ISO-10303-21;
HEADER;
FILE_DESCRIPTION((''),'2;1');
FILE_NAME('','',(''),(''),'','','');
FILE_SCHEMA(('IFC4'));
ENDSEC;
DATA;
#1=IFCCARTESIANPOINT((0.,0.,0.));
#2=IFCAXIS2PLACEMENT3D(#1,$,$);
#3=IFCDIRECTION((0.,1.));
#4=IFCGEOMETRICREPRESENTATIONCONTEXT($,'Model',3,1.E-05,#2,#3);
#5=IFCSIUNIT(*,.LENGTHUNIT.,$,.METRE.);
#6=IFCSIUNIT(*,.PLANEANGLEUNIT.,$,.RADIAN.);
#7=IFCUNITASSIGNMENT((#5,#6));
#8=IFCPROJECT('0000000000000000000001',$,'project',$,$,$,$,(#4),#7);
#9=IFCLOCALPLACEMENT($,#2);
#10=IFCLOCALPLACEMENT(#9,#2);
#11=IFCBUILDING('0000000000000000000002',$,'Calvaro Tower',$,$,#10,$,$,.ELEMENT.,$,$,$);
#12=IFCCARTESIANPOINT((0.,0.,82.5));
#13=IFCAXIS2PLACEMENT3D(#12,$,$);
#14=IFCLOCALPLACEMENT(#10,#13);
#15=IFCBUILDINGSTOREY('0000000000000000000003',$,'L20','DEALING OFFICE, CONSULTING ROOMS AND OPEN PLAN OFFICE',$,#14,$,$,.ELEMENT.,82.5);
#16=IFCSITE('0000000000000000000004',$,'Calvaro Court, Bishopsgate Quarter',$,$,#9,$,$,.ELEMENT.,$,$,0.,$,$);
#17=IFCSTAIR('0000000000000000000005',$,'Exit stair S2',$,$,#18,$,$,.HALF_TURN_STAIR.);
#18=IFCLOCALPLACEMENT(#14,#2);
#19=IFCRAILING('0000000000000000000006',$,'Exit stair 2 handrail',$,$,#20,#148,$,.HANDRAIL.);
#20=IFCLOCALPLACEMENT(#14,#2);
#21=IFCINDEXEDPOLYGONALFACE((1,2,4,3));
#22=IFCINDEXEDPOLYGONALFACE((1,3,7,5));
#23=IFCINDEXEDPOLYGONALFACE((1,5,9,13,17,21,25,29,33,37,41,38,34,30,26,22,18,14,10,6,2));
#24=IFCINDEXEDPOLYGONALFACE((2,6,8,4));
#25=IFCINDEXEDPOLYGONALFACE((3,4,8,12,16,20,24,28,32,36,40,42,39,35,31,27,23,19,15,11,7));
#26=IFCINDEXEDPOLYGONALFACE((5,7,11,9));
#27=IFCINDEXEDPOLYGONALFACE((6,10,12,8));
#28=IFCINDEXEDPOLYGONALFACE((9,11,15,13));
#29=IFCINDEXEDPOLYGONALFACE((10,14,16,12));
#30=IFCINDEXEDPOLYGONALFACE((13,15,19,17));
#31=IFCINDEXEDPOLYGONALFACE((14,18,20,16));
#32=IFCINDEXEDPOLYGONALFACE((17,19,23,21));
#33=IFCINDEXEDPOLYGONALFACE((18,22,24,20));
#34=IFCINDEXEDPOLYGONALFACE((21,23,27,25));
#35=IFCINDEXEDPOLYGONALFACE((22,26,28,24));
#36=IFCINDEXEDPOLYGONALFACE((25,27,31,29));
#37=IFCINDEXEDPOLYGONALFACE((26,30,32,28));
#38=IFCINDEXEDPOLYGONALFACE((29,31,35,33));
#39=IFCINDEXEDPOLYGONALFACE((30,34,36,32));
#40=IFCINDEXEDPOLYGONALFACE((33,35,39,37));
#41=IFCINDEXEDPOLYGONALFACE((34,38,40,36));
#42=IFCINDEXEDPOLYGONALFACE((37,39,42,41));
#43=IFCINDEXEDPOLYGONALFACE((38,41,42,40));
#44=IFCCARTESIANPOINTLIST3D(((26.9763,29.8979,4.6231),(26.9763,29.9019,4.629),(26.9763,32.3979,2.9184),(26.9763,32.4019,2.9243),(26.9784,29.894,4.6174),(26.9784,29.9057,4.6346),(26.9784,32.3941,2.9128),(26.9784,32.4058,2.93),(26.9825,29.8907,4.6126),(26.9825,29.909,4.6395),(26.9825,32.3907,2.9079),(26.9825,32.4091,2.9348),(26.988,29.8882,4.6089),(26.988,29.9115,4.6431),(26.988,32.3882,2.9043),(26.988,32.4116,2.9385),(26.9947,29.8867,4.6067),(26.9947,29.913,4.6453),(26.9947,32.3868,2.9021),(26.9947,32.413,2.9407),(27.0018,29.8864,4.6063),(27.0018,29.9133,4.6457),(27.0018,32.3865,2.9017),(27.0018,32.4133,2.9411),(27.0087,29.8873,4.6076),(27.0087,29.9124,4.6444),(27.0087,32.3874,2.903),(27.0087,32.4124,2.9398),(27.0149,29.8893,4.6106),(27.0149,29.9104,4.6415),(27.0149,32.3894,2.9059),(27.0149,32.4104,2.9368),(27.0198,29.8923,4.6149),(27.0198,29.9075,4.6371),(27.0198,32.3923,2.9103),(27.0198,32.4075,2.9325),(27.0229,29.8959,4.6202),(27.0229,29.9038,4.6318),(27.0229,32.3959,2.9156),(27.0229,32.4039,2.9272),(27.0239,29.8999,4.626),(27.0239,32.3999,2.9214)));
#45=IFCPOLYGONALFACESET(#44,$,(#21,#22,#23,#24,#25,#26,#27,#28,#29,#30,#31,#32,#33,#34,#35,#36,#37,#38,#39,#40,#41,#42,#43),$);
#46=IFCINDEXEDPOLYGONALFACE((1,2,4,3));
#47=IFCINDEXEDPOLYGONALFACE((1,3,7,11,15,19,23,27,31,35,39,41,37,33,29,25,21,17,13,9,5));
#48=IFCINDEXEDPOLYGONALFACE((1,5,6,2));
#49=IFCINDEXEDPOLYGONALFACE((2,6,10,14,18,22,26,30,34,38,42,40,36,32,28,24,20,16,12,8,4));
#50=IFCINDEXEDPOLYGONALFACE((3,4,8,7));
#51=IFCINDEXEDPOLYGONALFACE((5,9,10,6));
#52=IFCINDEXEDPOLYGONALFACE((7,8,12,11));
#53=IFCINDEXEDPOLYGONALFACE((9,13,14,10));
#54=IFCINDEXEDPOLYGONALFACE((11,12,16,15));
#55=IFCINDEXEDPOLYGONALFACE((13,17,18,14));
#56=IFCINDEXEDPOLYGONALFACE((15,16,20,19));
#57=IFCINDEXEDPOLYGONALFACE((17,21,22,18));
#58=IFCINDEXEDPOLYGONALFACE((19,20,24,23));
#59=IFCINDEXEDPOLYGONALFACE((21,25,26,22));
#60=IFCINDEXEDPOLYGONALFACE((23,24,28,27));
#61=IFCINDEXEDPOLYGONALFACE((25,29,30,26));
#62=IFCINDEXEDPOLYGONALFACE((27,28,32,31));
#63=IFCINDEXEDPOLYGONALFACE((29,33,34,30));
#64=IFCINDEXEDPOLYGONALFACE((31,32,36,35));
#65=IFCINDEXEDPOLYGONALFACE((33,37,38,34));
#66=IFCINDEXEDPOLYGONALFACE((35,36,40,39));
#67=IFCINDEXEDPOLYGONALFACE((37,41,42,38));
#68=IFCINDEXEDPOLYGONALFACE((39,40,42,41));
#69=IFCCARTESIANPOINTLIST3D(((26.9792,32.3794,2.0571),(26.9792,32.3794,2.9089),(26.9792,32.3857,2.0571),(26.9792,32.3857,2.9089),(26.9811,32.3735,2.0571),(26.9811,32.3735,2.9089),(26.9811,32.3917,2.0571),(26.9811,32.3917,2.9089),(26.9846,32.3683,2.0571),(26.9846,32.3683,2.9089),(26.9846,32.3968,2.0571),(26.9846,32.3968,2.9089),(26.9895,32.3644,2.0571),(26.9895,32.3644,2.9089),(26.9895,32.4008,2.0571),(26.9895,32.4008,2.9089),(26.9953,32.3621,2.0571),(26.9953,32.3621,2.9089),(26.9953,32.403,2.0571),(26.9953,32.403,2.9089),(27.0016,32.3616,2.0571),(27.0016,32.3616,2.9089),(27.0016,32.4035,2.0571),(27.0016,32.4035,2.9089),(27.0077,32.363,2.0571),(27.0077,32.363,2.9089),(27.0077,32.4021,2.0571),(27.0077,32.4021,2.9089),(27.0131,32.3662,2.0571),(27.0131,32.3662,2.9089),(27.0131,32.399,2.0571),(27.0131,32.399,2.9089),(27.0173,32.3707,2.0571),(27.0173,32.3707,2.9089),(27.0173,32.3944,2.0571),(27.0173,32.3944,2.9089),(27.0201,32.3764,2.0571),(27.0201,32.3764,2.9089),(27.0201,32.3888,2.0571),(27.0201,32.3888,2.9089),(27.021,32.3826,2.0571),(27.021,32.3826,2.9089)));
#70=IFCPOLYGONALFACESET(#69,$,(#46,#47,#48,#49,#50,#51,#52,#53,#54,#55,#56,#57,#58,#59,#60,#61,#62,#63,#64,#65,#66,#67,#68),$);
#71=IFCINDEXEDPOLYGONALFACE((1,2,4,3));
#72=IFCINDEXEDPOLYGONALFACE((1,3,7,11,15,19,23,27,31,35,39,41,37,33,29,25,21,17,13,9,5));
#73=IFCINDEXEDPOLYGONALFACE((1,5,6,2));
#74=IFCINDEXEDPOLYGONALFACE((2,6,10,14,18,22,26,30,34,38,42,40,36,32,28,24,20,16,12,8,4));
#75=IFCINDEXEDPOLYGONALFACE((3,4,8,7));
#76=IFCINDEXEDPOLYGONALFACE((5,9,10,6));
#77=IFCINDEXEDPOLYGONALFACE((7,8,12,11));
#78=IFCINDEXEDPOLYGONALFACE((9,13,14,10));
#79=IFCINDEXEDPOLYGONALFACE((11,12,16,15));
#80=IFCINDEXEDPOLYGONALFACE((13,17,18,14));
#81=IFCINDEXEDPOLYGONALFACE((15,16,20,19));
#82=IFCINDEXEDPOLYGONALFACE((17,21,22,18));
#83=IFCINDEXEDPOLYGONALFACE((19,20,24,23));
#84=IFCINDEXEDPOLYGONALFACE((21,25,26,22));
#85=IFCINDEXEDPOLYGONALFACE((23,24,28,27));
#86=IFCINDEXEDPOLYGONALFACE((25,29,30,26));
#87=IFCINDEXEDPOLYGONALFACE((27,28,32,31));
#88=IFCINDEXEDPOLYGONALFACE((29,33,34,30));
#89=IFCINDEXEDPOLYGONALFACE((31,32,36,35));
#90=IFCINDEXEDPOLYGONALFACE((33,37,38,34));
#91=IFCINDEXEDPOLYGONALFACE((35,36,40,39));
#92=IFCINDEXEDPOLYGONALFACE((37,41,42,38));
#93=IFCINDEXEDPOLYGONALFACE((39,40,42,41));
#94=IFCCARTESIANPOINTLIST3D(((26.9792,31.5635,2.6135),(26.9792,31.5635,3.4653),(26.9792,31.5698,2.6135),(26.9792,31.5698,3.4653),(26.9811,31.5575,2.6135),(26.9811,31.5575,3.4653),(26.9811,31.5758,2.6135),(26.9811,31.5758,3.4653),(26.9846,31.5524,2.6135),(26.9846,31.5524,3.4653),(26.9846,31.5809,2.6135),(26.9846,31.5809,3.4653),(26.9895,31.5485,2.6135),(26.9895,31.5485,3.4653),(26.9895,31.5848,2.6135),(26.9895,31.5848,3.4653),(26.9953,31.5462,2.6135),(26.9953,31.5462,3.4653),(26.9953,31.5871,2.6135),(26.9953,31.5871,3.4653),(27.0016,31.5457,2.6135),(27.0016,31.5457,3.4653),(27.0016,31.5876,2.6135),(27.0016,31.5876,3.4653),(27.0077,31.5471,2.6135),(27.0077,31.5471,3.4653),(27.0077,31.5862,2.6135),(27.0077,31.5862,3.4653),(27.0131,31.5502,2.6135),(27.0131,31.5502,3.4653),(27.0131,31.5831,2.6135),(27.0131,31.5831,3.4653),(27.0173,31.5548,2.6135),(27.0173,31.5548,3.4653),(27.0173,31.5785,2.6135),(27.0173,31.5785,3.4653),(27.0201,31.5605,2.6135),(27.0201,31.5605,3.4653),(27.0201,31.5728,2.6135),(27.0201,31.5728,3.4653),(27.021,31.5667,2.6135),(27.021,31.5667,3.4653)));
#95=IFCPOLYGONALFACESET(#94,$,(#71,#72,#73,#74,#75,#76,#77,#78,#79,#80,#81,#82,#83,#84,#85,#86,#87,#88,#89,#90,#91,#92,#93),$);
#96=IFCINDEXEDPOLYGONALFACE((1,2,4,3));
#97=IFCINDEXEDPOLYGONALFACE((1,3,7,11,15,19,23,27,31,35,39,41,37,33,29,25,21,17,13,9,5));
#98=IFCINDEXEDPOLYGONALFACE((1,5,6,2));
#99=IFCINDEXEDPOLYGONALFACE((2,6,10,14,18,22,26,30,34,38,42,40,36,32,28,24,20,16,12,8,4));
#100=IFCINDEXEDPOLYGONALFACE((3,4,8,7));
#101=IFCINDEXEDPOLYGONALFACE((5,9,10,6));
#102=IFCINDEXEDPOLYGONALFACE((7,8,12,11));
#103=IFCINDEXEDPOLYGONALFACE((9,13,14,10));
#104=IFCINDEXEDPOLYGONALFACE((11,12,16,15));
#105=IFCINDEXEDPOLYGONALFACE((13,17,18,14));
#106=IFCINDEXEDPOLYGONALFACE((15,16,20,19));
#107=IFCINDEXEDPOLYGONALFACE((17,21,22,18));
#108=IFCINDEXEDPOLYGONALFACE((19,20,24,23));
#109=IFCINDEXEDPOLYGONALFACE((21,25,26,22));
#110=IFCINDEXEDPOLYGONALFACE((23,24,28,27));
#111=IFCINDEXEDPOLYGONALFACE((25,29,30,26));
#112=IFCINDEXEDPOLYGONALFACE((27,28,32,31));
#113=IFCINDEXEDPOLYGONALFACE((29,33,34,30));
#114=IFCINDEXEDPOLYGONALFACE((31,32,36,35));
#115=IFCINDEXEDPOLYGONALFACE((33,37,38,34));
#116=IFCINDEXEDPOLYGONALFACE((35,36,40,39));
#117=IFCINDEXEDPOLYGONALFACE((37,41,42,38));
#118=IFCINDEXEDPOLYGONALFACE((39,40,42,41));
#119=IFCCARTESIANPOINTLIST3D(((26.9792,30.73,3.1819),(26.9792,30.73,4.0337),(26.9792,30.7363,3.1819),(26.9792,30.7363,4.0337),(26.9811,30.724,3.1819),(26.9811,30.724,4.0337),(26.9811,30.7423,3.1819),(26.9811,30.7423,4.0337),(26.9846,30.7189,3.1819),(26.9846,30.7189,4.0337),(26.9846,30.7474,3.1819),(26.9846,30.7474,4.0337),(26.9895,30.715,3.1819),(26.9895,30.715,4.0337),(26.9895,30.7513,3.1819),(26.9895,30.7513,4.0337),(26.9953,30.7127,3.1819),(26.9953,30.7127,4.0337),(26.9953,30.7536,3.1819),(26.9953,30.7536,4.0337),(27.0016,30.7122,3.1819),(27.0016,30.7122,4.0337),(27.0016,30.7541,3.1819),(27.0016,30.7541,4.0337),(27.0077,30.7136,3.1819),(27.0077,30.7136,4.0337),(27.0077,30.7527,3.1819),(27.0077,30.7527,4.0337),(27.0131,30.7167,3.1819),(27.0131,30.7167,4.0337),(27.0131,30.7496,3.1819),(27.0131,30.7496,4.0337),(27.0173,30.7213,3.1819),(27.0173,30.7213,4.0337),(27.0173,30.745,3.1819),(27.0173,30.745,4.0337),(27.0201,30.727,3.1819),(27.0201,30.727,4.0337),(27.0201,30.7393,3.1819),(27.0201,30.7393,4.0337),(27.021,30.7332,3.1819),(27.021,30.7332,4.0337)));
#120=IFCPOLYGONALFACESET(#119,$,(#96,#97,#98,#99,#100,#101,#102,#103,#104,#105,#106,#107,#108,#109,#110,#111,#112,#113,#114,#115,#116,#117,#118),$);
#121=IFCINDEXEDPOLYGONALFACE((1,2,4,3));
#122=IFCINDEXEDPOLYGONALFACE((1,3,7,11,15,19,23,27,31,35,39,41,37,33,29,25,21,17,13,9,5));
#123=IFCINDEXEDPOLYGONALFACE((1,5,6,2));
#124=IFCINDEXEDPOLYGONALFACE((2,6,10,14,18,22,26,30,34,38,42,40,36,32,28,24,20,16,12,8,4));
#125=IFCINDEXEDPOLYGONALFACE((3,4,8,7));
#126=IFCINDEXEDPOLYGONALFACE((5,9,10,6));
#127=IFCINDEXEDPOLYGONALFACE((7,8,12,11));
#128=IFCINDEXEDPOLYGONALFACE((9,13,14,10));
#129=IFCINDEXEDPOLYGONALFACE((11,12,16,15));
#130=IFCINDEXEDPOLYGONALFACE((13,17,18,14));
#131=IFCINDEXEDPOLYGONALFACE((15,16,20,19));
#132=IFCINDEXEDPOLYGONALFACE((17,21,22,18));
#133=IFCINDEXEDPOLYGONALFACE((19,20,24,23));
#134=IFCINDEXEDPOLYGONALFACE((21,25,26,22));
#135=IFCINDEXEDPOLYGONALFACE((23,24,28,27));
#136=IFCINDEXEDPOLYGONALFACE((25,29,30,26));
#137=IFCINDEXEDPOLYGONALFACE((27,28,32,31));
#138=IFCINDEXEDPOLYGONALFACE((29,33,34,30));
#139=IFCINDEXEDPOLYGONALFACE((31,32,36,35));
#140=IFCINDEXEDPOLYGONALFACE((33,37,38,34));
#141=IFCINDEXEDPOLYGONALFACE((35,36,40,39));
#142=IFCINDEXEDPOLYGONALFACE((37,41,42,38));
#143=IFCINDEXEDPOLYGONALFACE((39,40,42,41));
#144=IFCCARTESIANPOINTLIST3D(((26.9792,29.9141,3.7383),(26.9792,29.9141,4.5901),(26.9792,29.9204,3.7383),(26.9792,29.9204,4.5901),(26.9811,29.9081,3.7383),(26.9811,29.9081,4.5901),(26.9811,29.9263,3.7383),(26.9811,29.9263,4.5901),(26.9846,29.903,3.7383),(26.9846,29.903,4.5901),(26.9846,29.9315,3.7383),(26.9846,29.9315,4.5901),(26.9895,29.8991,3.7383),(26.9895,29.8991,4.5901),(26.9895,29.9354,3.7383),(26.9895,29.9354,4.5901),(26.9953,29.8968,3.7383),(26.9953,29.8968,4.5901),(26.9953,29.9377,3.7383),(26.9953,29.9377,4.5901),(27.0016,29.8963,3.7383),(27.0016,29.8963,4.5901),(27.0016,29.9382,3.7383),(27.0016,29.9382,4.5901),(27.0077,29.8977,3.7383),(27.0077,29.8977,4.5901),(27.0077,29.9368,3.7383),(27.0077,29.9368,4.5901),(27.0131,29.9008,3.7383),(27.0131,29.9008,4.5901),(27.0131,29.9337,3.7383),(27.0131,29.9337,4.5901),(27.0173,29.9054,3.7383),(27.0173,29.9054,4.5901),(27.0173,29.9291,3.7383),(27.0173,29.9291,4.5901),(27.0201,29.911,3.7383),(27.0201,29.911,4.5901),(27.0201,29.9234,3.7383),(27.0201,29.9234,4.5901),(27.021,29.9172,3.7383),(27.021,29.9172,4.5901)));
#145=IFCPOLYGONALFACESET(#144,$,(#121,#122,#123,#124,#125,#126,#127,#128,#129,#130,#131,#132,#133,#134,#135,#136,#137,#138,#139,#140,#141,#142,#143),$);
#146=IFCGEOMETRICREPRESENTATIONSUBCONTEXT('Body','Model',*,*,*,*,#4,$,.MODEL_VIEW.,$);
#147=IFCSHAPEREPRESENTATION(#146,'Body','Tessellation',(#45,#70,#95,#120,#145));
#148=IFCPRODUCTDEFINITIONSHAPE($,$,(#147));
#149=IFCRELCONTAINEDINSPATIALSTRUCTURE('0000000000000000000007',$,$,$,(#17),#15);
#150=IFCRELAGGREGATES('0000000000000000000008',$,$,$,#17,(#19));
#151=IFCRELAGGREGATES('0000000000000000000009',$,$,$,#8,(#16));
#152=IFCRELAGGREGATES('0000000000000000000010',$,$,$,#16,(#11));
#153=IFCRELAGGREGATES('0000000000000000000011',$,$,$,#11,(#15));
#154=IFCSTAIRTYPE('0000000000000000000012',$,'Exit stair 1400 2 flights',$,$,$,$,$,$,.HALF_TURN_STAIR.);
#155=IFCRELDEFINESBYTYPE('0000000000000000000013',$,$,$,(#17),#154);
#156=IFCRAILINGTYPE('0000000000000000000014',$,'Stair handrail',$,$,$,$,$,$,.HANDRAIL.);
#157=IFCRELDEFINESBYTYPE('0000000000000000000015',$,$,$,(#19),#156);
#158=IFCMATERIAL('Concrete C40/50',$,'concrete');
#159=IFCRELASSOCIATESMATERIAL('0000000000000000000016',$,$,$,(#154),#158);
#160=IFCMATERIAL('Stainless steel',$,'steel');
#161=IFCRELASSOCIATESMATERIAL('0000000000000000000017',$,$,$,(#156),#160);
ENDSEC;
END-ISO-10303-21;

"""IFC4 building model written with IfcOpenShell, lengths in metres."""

from ifc_helpers import new_model, si_unit, direction, frame, origin, origin_2d, place, context, subcontext, project, spatial, circle, extrude, material, type_object, element, aggregate, save


model = new_model("IFC4")

# Units and contexts
model_context = context("Model", 3, precision=1e-05, world=origin(), true_north=direction((0.0, 1.0)))
body_context = subcontext(model_context, "Body", "Model", "MODEL_VIEW")
ifc_project = project(units=[si_unit("LENGTHUNIT", "METRE"), si_unit("PLANEANGLEUNIT", "RADIAN")], contexts=[model_context])

# Site, building, storey
site_placement = place(None, origin())
site = spatial("IfcSite", under=ifc_project, at=site_placement, Name="Calvaro Court, Bishopsgate Quarter", CompositionType="ELEMENT", RefElevation=0.0)
building_placement = place(site_placement, origin())
building = spatial("IfcBuilding", under=site, at=building_placement, Name="Calvaro Tower", CompositionType="ELEMENT")
storey_placement = place(building_placement, frame((0.0, 0.0, 82.5)))
storey = spatial("IfcBuildingStorey", under=building, at=storey_placement, Name="L20", Description="DEALING OFFICE, CONSULTING ROOMS AND OPEN PLAN OFFICE", CompositionType="ELEMENT", Elevation=82.5)

# Stair, railing
ifc_material_1 = material(Name="Concrete C40/50", Category="concrete")
stair_type = type_object("IfcStairType", Name="Exit stair 1400 2 flights", PredefinedType="HALF_TURN_STAIR", material=ifc_material_1)
stair_placement = place(storey_placement, origin())
stair = element("IfcStair", 1, at=stair_placement, inside=storey, type_object=stair_type, Name="Exit stair S2", PredefinedType="HALF_TURN_STAIR")
ifc_material_2 = material(Name="Stainless steel", Category="steel")
railing_type = type_object("IfcRailingType", Name="Stair handrail", PredefinedType="HANDRAIL", material=ifc_material_2)
railing_1_placement = place(storey_placement, frame((27.0, 32.3999, 2.0454)))
railing_1 = element("IfcRailing", 2, at=railing_1_placement, type_object=railing_type, Name="Exit stair 2 handrail", PredefinedType="HANDRAIL", context=body_context, shape_type="SweptSolid", body=[
    extrude(circle(Radius=0.0239, at=origin_2d()), frame((0.0, 0.0, 0.876), z_axis=(0.0, -0.826221, 0.563347), x_axis=(1.0, 0.0, 0.0)), (0.0, 0.0, 1.0), 3.0259),
    extrude(circle(Radius=0.021, at=origin_2d()), frame((0.0, -0.0173, 0.0117)), (0.0, 0.0, 1.0), 0.8518),
    extrude(circle(Radius=0.021, at=origin_2d()), frame((0.0, -0.8333, 0.5681)), (0.0, 0.0, 1.0), 0.8518),
    extrude(circle(Radius=0.021, at=origin_2d()), frame((0.0, -1.6667, 1.1365)), (0.0, 0.0, 1.0), 0.8518),
    extrude(circle(Radius=0.021, at=origin_2d()), frame((0.0, -2.4827, 1.6929)), (0.0, 0.0, 1.0), 0.8518),
])
aggregate(stair, [railing_1])

save(model, "model.ifc")
